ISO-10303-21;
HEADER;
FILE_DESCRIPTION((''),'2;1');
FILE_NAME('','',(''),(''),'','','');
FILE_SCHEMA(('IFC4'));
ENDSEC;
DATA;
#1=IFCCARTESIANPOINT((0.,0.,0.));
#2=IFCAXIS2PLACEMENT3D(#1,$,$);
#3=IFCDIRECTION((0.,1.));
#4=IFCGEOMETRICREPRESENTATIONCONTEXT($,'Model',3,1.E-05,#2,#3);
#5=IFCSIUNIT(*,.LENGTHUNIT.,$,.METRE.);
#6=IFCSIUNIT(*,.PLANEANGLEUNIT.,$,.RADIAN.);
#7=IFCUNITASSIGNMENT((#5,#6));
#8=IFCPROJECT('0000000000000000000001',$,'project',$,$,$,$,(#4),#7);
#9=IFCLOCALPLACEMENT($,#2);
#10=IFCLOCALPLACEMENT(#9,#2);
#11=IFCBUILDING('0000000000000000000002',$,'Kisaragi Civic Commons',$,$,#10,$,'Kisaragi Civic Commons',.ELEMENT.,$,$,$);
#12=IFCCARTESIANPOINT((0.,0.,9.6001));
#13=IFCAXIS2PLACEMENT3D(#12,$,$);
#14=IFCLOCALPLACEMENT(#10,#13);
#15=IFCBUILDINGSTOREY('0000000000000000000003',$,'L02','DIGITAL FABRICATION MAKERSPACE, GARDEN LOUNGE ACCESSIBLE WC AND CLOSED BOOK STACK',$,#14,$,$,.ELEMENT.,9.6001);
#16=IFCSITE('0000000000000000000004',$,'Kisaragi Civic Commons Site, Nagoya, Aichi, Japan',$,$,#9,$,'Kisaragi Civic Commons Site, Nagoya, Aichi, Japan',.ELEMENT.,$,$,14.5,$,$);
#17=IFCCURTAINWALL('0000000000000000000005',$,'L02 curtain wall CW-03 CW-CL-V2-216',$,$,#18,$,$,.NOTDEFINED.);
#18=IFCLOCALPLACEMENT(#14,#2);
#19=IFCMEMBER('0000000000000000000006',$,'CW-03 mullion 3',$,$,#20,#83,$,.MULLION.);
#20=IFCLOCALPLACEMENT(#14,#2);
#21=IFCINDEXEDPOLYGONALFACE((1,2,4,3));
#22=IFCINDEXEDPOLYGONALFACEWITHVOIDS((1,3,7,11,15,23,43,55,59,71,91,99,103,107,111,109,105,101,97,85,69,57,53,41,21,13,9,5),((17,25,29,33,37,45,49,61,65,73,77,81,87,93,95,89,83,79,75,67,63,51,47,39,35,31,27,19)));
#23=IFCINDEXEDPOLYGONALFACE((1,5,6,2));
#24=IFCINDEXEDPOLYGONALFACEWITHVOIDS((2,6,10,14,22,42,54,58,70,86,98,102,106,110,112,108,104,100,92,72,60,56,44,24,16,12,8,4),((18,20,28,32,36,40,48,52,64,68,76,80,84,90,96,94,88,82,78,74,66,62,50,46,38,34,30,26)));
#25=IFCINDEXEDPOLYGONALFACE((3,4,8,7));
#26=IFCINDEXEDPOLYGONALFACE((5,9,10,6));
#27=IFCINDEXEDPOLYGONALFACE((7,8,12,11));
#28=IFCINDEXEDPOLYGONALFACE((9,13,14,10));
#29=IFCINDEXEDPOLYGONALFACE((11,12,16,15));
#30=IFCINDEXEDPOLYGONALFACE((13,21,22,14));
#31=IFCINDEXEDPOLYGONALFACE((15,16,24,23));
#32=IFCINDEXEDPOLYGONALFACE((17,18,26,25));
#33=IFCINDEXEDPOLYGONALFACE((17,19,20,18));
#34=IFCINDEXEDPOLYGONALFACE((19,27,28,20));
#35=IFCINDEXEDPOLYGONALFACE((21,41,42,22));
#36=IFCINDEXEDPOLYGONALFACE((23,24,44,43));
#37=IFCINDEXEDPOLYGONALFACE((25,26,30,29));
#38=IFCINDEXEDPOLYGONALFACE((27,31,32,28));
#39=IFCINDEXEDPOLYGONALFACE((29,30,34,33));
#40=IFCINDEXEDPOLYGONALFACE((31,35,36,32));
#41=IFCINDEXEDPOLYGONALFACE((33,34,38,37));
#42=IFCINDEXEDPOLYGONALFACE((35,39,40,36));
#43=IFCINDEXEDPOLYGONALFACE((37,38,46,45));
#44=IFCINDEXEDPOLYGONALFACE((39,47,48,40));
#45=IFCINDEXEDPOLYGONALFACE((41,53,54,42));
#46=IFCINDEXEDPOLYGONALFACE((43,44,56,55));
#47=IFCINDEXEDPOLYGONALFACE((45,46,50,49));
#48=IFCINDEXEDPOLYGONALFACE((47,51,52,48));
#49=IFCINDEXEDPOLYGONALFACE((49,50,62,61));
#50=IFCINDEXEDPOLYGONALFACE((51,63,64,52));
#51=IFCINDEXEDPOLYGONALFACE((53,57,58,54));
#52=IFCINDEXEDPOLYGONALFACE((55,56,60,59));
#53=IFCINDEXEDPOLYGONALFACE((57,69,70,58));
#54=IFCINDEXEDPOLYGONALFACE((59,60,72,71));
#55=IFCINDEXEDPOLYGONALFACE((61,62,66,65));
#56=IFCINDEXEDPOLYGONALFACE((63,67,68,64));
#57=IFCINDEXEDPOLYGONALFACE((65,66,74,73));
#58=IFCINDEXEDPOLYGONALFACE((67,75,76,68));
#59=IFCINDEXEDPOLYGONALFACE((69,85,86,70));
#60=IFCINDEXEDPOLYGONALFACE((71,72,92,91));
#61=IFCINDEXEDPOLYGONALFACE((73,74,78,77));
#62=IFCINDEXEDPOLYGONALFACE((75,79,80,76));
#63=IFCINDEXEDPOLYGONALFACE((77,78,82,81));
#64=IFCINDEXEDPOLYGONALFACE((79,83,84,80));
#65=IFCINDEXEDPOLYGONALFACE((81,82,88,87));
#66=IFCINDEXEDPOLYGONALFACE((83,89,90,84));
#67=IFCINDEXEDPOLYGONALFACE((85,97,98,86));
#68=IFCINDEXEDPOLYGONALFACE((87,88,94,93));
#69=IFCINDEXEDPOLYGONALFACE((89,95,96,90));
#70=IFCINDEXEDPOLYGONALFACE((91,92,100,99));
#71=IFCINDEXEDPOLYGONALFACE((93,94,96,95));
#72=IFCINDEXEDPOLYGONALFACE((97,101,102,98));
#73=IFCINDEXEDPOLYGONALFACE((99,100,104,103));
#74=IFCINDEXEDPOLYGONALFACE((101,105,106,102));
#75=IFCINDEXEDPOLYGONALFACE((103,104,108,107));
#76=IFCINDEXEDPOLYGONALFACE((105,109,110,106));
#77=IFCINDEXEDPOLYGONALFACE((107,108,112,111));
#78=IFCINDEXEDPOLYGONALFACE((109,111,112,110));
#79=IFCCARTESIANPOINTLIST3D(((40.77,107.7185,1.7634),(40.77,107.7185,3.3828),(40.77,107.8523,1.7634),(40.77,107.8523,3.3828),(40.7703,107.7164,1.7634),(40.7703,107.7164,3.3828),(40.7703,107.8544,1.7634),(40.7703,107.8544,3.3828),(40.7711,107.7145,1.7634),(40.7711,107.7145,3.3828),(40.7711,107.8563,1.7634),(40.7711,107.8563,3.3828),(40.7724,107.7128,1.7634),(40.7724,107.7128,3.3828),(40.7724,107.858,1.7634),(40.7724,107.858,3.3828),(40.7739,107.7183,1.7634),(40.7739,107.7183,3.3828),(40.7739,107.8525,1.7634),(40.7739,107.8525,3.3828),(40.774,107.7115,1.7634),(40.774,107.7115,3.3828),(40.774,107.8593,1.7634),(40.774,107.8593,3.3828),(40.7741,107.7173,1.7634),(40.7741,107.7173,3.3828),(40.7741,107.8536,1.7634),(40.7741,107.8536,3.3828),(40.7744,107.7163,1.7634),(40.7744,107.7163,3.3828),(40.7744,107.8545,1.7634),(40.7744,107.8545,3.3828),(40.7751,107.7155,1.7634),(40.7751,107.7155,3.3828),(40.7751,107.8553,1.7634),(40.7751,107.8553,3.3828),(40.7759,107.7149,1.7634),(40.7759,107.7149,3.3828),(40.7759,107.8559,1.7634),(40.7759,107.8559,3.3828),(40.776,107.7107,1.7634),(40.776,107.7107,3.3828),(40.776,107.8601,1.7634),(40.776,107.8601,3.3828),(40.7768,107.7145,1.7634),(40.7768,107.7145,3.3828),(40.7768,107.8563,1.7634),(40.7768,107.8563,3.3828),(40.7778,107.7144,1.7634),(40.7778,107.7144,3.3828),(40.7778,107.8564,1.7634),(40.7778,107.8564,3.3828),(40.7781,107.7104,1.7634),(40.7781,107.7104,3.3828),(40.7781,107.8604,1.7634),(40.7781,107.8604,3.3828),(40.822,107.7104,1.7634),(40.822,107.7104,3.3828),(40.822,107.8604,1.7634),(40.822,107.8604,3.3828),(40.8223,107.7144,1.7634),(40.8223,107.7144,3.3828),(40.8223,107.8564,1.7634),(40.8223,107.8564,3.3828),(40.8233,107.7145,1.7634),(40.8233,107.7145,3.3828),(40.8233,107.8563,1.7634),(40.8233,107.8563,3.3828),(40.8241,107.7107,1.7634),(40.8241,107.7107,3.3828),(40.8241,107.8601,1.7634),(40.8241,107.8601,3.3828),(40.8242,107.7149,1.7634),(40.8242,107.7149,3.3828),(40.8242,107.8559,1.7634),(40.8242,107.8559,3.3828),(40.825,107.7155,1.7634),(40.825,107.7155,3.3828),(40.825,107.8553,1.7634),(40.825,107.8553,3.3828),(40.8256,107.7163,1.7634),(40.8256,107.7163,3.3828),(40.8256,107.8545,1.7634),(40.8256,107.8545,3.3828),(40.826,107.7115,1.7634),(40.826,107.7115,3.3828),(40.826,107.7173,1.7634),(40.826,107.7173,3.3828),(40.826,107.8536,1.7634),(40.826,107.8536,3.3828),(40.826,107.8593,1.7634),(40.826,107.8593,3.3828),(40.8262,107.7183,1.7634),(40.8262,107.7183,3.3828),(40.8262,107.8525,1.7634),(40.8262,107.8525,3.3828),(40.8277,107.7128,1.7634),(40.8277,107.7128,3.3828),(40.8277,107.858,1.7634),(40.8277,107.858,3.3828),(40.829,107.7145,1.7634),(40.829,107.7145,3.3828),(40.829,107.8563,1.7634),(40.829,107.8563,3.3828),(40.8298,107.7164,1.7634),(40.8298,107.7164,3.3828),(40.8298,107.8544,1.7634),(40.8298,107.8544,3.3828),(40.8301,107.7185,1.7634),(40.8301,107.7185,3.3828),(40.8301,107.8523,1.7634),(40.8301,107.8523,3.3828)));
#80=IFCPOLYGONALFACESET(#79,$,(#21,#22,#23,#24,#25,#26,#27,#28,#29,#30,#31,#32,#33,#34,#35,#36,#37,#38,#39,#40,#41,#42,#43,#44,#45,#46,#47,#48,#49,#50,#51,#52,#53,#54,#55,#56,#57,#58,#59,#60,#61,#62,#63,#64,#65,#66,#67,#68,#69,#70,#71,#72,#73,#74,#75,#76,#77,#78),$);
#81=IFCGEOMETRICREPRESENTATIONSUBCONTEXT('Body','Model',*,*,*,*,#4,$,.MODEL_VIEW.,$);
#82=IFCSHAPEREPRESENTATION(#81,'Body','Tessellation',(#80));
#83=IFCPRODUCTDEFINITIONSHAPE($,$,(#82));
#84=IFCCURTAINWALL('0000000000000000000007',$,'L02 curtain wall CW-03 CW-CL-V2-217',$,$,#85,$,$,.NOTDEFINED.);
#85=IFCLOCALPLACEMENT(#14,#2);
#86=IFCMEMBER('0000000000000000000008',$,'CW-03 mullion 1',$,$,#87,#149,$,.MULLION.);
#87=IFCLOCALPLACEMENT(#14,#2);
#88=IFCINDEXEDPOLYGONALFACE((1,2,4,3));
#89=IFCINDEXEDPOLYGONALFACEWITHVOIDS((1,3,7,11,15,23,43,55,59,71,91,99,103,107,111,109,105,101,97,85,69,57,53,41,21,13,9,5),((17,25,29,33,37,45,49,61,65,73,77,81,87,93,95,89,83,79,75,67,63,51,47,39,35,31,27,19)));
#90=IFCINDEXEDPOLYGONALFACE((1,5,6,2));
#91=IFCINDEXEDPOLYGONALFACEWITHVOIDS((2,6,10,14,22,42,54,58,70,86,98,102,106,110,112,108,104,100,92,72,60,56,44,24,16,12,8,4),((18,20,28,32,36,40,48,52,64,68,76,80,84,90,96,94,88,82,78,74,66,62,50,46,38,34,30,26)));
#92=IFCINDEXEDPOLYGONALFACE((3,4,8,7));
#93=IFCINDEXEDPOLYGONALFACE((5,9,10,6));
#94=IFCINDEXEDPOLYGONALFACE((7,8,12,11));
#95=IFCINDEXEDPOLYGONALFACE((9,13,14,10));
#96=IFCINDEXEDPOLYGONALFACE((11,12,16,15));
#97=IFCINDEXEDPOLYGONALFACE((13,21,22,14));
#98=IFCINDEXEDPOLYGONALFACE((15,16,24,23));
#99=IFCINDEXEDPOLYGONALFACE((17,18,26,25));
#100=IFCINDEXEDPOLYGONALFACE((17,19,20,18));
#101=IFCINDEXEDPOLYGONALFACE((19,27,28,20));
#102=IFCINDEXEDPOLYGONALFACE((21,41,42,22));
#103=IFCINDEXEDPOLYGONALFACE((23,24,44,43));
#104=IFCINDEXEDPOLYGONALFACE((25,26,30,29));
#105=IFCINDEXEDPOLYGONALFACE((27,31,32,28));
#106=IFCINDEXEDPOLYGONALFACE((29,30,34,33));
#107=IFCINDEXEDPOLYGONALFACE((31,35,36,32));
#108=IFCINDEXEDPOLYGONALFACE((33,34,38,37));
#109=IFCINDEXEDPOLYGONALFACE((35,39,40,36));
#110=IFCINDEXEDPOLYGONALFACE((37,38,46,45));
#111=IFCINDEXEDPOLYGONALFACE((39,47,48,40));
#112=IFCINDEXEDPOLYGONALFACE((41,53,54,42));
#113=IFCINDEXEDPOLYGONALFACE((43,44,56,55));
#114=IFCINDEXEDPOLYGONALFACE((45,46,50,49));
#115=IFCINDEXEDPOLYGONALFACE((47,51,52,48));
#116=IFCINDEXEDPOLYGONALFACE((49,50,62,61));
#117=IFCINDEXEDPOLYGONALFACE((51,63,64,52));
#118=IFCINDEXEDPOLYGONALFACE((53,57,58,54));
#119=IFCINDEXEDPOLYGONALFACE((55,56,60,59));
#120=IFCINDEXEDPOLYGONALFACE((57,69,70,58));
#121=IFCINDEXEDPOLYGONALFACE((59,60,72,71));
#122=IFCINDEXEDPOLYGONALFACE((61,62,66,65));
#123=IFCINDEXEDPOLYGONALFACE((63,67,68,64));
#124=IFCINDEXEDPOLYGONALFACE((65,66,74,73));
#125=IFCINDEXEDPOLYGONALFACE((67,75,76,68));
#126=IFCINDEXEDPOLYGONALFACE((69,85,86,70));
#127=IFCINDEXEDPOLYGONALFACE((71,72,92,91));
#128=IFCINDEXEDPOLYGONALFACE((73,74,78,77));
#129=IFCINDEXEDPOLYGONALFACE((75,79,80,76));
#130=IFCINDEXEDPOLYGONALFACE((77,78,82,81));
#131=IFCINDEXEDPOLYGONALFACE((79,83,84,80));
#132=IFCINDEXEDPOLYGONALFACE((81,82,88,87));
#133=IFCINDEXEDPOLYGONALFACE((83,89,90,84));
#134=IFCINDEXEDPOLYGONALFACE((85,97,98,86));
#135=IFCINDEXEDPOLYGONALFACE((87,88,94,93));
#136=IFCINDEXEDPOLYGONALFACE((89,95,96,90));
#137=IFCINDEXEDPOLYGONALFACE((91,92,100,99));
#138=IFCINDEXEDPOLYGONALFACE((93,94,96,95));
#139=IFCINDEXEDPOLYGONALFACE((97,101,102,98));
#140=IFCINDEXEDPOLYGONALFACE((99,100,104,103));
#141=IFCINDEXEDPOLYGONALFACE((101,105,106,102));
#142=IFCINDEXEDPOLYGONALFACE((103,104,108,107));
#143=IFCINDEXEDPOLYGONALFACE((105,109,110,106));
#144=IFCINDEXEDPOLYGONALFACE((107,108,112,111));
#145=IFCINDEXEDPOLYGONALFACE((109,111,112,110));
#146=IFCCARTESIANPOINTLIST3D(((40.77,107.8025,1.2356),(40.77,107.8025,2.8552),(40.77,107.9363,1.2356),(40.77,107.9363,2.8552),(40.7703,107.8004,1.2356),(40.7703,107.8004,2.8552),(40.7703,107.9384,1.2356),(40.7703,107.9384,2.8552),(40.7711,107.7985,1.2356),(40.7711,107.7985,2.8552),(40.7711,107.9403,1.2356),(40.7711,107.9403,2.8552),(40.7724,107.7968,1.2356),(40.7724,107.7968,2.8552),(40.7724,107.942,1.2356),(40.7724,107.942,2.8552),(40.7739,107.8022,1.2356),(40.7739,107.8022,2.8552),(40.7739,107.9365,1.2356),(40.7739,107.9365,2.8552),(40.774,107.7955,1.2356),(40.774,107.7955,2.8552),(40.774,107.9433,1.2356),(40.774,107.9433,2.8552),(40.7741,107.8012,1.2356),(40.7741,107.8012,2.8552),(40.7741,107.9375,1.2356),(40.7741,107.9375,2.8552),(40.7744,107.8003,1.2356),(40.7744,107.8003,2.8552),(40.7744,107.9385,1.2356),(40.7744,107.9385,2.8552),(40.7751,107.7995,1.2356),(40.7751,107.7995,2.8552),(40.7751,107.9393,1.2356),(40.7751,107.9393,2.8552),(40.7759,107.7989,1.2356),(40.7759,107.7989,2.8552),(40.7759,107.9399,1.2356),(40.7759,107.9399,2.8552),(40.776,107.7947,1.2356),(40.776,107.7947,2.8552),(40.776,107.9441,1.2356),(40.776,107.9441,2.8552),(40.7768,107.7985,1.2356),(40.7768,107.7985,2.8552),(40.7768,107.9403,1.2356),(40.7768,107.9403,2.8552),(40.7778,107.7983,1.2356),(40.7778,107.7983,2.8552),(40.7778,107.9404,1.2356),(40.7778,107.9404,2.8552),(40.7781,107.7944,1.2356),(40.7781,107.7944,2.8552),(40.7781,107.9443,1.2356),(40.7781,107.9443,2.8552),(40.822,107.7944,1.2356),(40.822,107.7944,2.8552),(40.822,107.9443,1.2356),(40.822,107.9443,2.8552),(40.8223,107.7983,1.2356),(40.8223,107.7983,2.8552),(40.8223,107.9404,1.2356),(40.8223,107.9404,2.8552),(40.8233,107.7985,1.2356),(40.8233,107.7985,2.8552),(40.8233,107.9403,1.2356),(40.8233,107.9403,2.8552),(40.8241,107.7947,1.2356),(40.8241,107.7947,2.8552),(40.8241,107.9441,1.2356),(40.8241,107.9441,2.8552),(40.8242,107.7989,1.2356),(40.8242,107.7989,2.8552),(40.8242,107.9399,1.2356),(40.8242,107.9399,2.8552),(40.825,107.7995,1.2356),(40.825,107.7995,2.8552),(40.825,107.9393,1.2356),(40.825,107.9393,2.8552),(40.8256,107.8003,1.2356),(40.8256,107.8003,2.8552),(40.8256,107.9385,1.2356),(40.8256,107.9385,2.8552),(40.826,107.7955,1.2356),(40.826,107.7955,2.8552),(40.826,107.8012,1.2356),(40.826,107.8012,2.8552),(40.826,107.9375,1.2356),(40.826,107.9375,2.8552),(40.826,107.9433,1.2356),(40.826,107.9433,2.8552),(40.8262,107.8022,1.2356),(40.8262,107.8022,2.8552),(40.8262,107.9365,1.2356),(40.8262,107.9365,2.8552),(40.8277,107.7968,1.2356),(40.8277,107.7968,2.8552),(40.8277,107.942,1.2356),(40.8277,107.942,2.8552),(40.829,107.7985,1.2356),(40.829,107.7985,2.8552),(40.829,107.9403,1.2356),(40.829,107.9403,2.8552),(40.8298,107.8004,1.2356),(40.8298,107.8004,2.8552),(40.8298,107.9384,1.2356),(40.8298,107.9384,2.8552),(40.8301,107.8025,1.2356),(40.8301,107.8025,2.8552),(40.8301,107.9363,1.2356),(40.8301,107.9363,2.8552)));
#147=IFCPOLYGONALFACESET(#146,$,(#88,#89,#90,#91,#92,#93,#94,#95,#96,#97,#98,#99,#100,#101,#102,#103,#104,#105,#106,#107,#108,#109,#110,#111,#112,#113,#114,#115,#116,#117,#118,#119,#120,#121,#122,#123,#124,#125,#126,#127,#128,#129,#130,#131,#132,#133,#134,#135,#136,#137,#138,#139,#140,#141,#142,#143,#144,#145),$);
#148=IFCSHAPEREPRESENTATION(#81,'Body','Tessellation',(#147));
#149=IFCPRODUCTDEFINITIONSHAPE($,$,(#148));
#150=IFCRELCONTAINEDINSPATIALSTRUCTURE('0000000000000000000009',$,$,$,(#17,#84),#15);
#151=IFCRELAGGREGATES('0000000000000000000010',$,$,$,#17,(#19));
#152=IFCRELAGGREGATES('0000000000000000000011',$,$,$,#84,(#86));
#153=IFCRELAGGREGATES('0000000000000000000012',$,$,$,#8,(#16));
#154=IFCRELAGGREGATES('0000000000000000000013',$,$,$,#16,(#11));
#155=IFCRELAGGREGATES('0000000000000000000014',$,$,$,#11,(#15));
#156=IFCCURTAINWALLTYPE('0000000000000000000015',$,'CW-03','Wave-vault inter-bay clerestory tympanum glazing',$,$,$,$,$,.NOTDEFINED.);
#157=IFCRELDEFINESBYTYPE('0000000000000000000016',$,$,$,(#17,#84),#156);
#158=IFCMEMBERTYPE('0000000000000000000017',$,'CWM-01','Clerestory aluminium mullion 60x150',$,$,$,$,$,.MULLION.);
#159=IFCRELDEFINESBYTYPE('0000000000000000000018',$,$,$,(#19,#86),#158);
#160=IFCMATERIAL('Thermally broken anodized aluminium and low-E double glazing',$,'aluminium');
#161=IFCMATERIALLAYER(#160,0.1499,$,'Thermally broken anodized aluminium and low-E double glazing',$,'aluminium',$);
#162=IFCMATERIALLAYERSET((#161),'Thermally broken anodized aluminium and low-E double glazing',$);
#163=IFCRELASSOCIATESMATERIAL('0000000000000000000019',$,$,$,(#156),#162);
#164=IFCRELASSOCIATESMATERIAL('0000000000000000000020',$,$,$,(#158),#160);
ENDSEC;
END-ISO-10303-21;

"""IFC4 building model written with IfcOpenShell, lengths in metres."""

from ifc_helpers import new_model, si_unit, direction, frame, origin, origin_2d, place, context, subcontext, project, spatial, hollow_rectangle, extrude, material, layer, layer_set, material_profile, profile_set, type_object, element, aggregate, save


model = new_model("IFC4")

# Units and contexts
model_context = context("Model", 3, precision=1e-05, world=origin(), true_north=direction((0.0, 1.0)))
body_context = subcontext(model_context, "Body", "Model", "MODEL_VIEW")
ifc_project = project(units=[si_unit("LENGTHUNIT", "METRE"), si_unit("PLANEANGLEUNIT", "RADIAN")], contexts=[model_context])

# Site, building, storey
site_placement = place(None, origin())
site = spatial("IfcSite", under=ifc_project, at=site_placement, Name="Kisaragi Civic Commons Site, Nagoya, Aichi, Japan", LongName="Kisaragi Civic Commons Site, Nagoya, Aichi, Japan", CompositionType="ELEMENT", RefElevation=14.5)
building_placement = place(site_placement, origin())
building = spatial("IfcBuilding", under=site, at=building_placement, Name="Kisaragi Civic Commons", LongName="Kisaragi Civic Commons", CompositionType="ELEMENT")
storey_placement = place(building_placement, frame((0.0, 0.0, 9.6001)))
storey = spatial("IfcBuildingStorey", under=building, at=storey_placement, Name="L02", Description="DIGITAL FABRICATION MAKERSPACE, GARDEN LOUNGE ACCESSIBLE WC AND CLOSED BOOK STACK", CompositionType="ELEMENT", Elevation=9.6001)

# Curtain wall, member
ifc_material_1 = material(Name="Thermally broken anodized aluminium and low-E double glazing", Category="aluminium")
ifc_layer_1 = layer(ifc_material_1, 0.1499, Name="Thermally broken anodized aluminium and low-E double glazing", Category="aluminium")
ifc_layer_set_1 = layer_set([ifc_layer_1], Name="Thermally broken anodized aluminium and low-E double glazing")
curtain_wall_type = type_object("IfcCurtainWallType", Name="CW-03", Description="Wave-vault inter-bay clerestory tympanum glazing", PredefinedType="NOTDEFINED", material=ifc_layer_set_1)
curtain_wall_1_placement = place(storey_placement, origin())
curtain_wall_1 = element("IfcCurtainWall", 1, at=curtain_wall_1_placement, inside=storey, type_object=curtain_wall_type, Name="L02 curtain wall CW-03 CW-CL-V2-216", PredefinedType="NOTDEFINED")
ifc_material_profile_1 = material_profile(ifc_material_1, hollow_rectangle(XDim=0.0601, YDim=0.1499, WallThickness=0.0039, InnerFilletRadius=0.0039, OuterFilletRadius=0.0081, at=origin_2d()), Name="CWM-60x150x4", Category="aluminium")
ifc_profile_set_1 = profile_set([ifc_material_profile_1], Name="Thermally broken anodized aluminium and low-E double glazing")
member_type_1 = type_object("IfcMemberType", Name="CWM-01", Description="Clerestory aluminium mullion 60x150", PredefinedType="MULLION", material=ifc_profile_set_1)
member_1_placement = place(storey_placement, frame((40.8, 107.7854, 1.7634), z_axis=(0.0, 0.0, 1.0), x_axis=(-1.0, 0.0, 0.0)))
member_1 = element("IfcMember", 2, at=member_1_placement, type_object=member_type_1, Name="CW-03 mullion 3", PredefinedType="MULLION", context=body_context, shape_type="SweptSolid", body=[
    extrude(hollow_rectangle(XDim=0.0601, YDim=0.1499, WallThickness=0.0039, InnerFilletRadius=0.0039, OuterFilletRadius=0.0081, at=origin_2d()), origin(), (0.0, 0.0, 1.0), 1.6194),
])

# Curtain wall, member
curtain_wall_2_placement = place(storey_placement, origin())
curtain_wall_2 = element("IfcCurtainWall", 3, at=curtain_wall_2_placement, inside=storey, type_object=curtain_wall_type, Name="L02 curtain wall CW-03 CW-CL-V2-217", PredefinedType="NOTDEFINED")
member_2_placement = place(storey_placement, frame((40.8, 107.8694, 1.2356), z_axis=(0.0, 0.0, 1.0), x_axis=(-1.0, 0.0, 0.0)))
member_2 = element("IfcMember", 4, at=member_2_placement, type_object=member_type_1, Name="CW-03 mullion 1", PredefinedType="MULLION", context=body_context, shape_type="SweptSolid", body=[
    extrude(hollow_rectangle(XDim=0.0601, YDim=0.1499, WallThickness=0.0039, InnerFilletRadius=0.0039, OuterFilletRadius=0.0081, at=origin_2d()), origin(), (0.0, 0.0, 1.0), 1.6196),
])

aggregate(curtain_wall_1, [member_1])
aggregate(curtain_wall_2, [member_2])

save(model, "model.ifc")
